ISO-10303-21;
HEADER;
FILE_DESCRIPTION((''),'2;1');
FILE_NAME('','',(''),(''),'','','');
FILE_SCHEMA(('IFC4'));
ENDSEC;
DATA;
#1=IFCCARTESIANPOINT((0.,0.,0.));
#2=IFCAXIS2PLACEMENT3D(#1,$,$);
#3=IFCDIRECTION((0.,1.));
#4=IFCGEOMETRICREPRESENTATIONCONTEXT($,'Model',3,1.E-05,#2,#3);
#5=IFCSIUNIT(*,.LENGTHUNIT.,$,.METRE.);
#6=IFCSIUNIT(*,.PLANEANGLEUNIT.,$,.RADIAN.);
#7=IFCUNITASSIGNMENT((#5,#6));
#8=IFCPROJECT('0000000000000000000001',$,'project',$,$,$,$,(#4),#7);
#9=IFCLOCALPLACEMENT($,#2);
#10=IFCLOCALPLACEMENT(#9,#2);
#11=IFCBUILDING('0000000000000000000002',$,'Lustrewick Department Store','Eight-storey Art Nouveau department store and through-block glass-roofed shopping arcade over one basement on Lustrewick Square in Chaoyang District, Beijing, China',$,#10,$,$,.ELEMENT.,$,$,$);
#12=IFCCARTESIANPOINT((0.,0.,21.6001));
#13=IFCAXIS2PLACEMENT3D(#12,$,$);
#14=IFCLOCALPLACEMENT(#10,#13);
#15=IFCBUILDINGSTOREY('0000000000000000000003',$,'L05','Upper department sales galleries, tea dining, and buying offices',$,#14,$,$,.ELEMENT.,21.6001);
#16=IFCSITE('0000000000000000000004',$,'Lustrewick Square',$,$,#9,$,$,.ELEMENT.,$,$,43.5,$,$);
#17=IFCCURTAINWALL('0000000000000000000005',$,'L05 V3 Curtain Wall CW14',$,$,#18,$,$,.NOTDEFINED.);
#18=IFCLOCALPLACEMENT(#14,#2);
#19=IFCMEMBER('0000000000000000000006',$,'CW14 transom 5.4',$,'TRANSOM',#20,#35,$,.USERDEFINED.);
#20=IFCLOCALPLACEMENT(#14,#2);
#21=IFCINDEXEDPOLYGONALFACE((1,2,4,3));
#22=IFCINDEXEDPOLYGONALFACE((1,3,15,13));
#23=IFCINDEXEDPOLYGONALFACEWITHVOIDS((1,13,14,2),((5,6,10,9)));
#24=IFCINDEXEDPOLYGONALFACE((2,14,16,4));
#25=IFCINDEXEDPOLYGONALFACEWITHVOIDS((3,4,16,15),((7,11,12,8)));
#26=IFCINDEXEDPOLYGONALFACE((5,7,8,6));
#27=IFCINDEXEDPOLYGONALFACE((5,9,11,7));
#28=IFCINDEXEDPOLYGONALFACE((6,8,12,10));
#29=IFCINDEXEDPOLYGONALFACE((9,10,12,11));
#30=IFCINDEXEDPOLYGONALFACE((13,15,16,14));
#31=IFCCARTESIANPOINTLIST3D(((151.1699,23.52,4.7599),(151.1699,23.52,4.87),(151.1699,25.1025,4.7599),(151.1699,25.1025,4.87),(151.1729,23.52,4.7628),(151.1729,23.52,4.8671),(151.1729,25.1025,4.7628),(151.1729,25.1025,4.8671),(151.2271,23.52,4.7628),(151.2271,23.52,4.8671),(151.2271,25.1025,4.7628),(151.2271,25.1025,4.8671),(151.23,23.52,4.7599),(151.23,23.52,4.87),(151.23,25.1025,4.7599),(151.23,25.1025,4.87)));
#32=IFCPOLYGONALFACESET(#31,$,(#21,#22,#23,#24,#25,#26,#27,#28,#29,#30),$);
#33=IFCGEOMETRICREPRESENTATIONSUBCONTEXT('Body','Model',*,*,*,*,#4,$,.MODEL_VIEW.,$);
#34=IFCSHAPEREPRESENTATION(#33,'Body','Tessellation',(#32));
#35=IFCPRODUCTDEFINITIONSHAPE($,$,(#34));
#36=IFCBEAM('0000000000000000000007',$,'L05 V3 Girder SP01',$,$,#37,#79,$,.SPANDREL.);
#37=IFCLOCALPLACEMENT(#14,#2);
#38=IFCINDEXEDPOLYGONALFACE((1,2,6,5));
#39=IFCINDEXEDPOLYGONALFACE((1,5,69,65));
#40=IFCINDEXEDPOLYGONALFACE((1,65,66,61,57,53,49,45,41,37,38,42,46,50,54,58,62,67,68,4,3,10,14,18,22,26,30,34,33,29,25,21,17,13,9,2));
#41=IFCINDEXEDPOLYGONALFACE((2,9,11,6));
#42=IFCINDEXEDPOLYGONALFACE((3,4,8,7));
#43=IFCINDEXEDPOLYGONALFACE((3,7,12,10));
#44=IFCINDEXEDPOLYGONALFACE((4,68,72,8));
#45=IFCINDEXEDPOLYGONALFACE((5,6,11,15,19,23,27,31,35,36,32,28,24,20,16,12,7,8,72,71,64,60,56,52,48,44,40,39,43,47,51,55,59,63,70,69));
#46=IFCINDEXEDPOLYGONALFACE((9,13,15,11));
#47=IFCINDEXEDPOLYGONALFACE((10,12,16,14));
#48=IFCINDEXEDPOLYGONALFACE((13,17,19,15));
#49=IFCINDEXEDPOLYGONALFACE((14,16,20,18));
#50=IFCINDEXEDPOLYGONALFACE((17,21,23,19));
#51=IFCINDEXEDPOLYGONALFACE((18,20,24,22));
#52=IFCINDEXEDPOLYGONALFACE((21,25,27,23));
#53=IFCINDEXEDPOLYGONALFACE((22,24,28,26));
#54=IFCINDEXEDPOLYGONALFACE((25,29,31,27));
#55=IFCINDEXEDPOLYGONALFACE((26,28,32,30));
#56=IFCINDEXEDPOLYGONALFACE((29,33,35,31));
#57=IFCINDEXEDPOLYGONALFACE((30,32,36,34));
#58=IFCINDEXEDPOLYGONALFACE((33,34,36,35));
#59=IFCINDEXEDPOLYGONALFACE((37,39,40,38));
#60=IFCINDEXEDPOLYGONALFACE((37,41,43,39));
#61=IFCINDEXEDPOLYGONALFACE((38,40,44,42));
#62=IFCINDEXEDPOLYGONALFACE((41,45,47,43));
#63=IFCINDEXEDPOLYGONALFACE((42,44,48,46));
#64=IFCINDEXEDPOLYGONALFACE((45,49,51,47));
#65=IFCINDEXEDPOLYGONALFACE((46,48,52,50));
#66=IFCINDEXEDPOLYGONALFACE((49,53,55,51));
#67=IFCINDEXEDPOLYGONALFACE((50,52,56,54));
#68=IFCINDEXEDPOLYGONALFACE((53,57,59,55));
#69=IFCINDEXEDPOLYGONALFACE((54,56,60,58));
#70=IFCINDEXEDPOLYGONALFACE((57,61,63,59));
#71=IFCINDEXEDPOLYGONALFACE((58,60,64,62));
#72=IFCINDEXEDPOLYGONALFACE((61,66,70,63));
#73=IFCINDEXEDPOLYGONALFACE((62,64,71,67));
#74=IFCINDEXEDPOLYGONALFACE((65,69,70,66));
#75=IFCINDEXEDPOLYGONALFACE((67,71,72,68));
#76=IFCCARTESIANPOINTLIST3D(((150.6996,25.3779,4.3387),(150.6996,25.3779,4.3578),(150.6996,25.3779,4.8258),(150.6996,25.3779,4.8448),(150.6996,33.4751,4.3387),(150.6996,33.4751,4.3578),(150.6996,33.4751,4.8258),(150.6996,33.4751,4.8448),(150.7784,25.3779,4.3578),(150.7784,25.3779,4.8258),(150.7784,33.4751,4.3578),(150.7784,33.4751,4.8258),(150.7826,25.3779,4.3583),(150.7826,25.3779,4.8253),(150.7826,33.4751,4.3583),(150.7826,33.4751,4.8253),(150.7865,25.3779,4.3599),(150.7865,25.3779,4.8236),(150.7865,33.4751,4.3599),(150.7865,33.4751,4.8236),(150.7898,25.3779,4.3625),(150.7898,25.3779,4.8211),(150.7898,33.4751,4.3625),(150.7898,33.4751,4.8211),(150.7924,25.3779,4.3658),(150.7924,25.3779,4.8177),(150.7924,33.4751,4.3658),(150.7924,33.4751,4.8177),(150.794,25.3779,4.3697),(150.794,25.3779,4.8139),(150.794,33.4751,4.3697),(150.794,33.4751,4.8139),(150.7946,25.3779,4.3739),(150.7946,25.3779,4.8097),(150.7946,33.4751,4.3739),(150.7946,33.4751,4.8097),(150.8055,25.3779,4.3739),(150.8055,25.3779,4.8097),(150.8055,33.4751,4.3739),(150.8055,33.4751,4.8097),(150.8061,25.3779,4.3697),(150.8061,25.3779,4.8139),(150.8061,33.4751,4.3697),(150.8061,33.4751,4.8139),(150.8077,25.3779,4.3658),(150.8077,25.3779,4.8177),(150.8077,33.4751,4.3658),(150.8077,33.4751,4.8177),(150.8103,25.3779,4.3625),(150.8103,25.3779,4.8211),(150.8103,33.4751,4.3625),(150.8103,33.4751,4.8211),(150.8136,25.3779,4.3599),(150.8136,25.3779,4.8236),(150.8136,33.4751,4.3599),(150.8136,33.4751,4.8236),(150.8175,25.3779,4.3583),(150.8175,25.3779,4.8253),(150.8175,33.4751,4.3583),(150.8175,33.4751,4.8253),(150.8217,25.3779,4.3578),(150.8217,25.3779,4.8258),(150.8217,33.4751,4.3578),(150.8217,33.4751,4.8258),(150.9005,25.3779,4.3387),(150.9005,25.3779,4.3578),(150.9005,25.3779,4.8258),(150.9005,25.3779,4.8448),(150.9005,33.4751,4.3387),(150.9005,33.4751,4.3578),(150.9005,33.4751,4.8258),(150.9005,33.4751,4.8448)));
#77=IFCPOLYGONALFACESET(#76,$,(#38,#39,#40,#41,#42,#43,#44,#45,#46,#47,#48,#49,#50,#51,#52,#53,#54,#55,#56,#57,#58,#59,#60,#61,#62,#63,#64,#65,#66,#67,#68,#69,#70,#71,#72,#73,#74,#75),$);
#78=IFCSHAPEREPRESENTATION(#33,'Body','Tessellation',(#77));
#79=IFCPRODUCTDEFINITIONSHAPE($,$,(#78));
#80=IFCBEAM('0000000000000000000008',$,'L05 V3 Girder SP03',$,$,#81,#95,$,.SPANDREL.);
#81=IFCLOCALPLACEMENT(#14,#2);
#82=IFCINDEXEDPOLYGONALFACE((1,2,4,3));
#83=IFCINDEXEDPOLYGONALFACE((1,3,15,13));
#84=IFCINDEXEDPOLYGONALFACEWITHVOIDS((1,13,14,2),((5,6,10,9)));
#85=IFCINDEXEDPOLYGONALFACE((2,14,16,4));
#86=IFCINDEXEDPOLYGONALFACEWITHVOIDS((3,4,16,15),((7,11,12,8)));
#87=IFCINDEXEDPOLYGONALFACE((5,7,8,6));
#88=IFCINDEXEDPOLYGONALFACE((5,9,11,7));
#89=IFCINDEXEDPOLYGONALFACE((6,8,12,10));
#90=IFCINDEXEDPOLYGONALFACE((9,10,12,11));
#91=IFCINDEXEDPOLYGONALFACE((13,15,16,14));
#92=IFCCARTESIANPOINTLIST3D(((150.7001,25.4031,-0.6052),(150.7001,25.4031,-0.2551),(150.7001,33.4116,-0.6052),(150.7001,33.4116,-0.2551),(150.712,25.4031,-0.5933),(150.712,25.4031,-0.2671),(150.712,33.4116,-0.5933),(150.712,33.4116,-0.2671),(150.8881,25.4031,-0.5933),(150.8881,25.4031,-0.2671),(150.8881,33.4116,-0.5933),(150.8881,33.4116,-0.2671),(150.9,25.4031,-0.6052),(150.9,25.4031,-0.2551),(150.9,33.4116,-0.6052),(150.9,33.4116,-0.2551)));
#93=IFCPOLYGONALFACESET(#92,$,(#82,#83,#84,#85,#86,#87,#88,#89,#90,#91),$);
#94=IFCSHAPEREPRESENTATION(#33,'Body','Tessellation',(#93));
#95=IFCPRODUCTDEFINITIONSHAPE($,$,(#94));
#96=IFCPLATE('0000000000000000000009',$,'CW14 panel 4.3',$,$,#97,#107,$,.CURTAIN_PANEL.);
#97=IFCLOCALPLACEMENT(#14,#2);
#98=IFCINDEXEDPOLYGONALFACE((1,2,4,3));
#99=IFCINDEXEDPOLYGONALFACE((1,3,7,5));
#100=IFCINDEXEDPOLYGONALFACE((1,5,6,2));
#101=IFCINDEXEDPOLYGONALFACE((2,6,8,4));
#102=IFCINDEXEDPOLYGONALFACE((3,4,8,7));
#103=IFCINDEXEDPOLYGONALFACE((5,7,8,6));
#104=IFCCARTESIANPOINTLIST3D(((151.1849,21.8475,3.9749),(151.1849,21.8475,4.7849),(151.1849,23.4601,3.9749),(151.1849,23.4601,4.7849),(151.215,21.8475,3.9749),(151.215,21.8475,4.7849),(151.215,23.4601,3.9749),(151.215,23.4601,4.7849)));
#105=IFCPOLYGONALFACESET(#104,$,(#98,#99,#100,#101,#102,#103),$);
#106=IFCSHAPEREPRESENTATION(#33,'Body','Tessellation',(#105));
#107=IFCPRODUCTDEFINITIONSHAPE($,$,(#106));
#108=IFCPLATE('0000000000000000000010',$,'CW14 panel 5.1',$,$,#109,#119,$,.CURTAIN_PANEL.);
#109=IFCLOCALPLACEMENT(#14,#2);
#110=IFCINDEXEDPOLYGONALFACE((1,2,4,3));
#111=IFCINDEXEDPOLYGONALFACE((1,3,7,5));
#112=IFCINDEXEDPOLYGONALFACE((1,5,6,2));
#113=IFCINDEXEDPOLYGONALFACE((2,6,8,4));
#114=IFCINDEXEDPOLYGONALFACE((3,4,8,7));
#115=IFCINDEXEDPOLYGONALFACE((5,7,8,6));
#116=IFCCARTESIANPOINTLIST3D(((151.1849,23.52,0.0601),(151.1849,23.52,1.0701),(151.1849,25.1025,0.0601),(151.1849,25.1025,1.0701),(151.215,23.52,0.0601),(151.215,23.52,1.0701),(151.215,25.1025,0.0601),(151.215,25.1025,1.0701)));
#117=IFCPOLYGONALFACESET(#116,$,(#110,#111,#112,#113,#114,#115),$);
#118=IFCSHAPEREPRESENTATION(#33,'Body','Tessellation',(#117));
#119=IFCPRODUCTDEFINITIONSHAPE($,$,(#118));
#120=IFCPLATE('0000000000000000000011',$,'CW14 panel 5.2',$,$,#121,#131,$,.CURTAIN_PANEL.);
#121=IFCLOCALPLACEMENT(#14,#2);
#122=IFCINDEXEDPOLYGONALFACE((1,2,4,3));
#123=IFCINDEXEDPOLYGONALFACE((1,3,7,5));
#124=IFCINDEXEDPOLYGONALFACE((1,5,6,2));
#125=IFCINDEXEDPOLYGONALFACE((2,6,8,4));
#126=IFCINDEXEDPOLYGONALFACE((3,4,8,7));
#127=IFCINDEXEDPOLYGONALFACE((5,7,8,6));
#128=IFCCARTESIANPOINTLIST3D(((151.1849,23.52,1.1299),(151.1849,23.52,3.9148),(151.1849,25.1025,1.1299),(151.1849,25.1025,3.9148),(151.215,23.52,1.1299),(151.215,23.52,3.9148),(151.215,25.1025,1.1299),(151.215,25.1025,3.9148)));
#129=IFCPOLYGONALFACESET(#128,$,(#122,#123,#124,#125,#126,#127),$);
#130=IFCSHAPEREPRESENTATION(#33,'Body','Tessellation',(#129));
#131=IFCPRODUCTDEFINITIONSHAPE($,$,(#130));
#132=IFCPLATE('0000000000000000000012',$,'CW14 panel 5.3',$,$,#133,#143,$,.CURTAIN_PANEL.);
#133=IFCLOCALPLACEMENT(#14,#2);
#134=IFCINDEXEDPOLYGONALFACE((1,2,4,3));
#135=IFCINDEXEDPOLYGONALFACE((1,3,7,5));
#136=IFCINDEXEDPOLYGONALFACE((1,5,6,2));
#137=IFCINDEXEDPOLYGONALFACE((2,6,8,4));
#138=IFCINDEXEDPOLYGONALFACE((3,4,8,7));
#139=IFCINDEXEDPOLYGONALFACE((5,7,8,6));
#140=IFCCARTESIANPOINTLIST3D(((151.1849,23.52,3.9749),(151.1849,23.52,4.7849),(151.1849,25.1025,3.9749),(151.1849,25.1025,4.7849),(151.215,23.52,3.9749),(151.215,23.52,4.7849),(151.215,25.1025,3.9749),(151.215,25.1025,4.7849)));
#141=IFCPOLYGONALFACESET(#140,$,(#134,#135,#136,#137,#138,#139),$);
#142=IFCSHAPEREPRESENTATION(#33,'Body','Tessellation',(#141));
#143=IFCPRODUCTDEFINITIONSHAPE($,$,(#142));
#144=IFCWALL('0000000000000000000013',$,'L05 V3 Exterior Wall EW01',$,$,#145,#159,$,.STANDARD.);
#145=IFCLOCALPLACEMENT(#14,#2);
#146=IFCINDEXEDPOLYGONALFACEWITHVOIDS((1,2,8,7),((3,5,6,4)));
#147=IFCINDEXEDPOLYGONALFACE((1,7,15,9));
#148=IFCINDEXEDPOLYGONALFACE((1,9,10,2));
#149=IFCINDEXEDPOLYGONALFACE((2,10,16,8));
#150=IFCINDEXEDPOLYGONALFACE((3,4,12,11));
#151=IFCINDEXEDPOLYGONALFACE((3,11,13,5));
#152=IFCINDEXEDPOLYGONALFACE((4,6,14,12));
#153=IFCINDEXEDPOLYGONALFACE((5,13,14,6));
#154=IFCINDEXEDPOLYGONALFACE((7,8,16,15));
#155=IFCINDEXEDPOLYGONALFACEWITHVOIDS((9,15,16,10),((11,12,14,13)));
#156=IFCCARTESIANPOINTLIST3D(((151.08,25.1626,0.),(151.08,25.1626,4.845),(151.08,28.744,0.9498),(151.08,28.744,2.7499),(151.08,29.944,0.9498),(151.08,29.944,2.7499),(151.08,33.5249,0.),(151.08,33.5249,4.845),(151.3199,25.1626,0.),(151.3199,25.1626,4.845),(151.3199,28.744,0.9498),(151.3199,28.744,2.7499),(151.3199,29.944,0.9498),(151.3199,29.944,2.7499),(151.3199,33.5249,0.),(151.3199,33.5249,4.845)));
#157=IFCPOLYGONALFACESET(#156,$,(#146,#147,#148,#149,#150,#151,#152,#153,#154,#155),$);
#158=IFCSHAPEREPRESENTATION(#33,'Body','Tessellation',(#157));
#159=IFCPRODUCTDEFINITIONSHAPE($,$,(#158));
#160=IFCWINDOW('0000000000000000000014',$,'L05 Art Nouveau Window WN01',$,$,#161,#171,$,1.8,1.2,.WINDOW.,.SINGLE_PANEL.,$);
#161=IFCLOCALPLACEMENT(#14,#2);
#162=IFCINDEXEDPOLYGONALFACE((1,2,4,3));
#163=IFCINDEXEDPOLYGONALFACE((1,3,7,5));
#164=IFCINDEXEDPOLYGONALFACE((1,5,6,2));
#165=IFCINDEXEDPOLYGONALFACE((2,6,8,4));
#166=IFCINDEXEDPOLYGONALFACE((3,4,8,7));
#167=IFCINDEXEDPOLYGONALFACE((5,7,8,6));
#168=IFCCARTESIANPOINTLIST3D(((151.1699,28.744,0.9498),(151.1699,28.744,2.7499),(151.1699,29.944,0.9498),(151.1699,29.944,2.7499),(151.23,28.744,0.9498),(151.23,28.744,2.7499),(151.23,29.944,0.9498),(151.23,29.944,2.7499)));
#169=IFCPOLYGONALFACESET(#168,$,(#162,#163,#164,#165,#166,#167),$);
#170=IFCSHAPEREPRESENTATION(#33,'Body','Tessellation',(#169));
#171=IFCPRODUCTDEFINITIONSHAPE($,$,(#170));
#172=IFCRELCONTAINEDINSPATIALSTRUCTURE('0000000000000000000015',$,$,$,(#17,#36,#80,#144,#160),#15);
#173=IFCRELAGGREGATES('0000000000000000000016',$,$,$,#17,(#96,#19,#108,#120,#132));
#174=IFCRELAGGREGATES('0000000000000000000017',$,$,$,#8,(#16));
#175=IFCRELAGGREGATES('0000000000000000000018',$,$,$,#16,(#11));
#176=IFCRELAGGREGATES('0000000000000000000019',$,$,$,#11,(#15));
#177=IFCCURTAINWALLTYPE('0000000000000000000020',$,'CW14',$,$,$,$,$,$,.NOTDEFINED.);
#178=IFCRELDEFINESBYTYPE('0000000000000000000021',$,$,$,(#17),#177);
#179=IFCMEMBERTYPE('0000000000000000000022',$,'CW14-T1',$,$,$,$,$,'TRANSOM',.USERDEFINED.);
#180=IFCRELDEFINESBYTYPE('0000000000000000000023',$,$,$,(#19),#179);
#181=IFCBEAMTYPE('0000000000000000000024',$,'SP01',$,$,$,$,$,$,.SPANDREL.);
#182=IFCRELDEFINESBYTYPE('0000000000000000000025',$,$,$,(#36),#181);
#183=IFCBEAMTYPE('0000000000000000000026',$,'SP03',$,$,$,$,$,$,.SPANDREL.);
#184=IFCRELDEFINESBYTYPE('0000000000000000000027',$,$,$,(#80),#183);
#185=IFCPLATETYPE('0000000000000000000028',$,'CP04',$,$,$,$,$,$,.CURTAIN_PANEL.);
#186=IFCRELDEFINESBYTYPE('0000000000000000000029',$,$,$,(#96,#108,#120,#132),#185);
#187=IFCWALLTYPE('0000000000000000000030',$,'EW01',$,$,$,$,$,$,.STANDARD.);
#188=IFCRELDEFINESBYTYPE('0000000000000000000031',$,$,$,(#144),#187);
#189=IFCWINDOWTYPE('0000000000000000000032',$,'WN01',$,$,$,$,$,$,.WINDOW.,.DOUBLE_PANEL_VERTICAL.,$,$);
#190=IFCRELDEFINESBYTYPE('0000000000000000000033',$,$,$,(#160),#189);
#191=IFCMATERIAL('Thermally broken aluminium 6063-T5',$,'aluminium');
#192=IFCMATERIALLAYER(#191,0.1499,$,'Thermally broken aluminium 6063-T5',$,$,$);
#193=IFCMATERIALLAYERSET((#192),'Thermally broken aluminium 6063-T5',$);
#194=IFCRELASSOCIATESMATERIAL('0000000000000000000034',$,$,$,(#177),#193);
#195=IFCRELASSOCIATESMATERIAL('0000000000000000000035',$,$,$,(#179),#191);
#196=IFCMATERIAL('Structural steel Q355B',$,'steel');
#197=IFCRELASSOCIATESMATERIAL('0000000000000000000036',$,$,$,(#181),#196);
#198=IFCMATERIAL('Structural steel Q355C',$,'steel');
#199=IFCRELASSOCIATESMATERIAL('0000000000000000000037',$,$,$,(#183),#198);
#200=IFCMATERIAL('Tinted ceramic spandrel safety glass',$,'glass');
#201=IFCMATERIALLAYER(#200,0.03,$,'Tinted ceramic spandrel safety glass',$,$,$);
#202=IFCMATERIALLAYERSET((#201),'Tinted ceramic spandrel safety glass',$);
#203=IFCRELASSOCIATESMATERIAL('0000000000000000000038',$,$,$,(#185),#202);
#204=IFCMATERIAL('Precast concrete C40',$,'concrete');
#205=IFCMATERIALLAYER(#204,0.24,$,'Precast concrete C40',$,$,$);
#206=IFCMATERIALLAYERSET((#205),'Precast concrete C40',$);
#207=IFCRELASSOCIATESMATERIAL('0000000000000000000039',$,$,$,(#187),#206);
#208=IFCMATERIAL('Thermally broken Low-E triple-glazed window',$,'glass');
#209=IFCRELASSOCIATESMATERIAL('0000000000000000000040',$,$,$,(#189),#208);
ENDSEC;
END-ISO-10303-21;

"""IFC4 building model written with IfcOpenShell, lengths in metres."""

from ifc_helpers import new_model, si_unit, direction, frame, frame_2d, origin, origin_2d, place, context, subcontext, project, spatial, rectangle, hollow_rectangle, i_section, extrude, material, layer, layer_set, material_profile, profile_set, type_object, element, fill, aggregate, save


model = new_model("IFC4")

# Units and contexts
model_context = context("Model", 3, precision=1e-05, world=origin(), true_north=direction((0.0, 1.0)))
body_context = subcontext(model_context, "Body", "Model", "MODEL_VIEW")
ifc_project = project(units=[si_unit("LENGTHUNIT", "METRE"), si_unit("PLANEANGLEUNIT", "RADIAN")], contexts=[model_context])

# Site, building, storey
site_placement = place(None, origin())
site = spatial("IfcSite", under=ifc_project, at=site_placement, Name="Lustrewick Square", CompositionType="ELEMENT", RefElevation=43.5)
building_placement = place(site_placement, origin())
building = spatial("IfcBuilding", under=site, at=building_placement, Name="Lustrewick Department Store", Description="Eight-storey Art Nouveau department store and through-block glass-roofed shopping arcade over one basement on Lustrewick Square in Chaoyang District, Beijing, China", CompositionType="ELEMENT")
storey_placement = place(building_placement, frame((0.0, 0.0, 21.6001)))
storey = spatial("IfcBuildingStorey", under=building, at=storey_placement, Name="L05", Description="Upper department sales galleries, tea dining, and buying offices", CompositionType="ELEMENT", Elevation=21.6001)

# Shared definitions
ifc_material_1 = material(Name="Structural steel Q355B", Category="steel")

# Curtain wall, member
ifc_material_2 = material(Name="Thermally broken aluminium 6063-T5", Category="aluminium")
ifc_layer_1 = layer(ifc_material_2, 0.1499, Name="Thermally broken aluminium 6063-T5")
ifc_layer_set_1 = layer_set([ifc_layer_1], Name="Thermally broken aluminium 6063-T5")
curtain_wall_type = type_object("IfcCurtainWallType", Name="CW14", PredefinedType="NOTDEFINED", material=ifc_layer_set_1)
curtain_wall_placement = place(storey_placement, origin())
curtain_wall = element("IfcCurtainWall", 1, at=curtain_wall_placement, inside=storey, type_object=curtain_wall_type, Name="L05 V3 Curtain Wall CW14", PredefinedType="NOTDEFINED")
ifc_material_profile_1 = material_profile(ifc_material_2, hollow_rectangle(XDim=0.0601, YDim=0.1101, WallThickness=0.0029, at=origin_2d()), Name="ALU-T 60x110x3")
ifc_profile_set_1 = profile_set([ifc_material_profile_1], Name="Thermally broken aluminium 6063-T5")
member_type_1 = type_object("IfcMemberType", Name="CW14-T1", ElementType="TRANSOM", PredefinedType="USERDEFINED", material=ifc_profile_set_1)
member_1_placement = place(storey_placement, frame((151.2, 23.52, 4.8149), z_axis=(0.0, 1.0, 0.0), x_axis=(-1.0, 0.0, 0.0)))
member_1 = element("IfcMember", 2, at=member_1_placement, type_object=member_type_1, Name="CW14 transom 5.4", ObjectType="TRANSOM", PredefinedType="USERDEFINED", context=body_context, shape_type="SweptSolid", body=[
    extrude(hollow_rectangle(XDim=0.0601, YDim=0.1101, WallThickness=0.0029, at=origin_2d()), origin(), (0.0, 0.0, 1.0), 1.5825),
])

# Beams
ifc_material_profile_2 = material_profile(ifc_material_1, i_section(OverallWidth=0.2009, OverallDepth=0.5061, WebThickness=0.011, FlangeThickness=0.019, FilletRadius=0.0161, at=origin_2d()), Name="HN 506x201x11x19")
ifc_profile_set_2 = profile_set([ifc_material_profile_2], Name="Structural steel Q355B")
beam_type_1 = type_object("IfcBeamType", Name="SP01", PredefinedType="SPANDREL", material=ifc_profile_set_2)
beam_1_placement = place(storey_placement, frame((150.8, 25.3779, 4.5918), z_axis=(0.0, 1.0, 0.0), x_axis=(-1.0, 0.0, 0.0)))
element("IfcBeam", 3, at=beam_1_placement, inside=storey, type_object=beam_type_1, Name="L05 V3 Girder SP01", PredefinedType="SPANDREL", context=body_context, shape_type="SweptSolid", body=[
    extrude(i_section(OverallWidth=0.2009, OverallDepth=0.5061, WebThickness=0.011, FlangeThickness=0.019, FilletRadius=0.0161, at=origin_2d()), origin(), (0.0, 0.0, 1.0), 8.0972),
])
ifc_material_3 = material(Name="Structural steel Q355C", Category="steel")
ifc_material_profile_3 = material_profile(ifc_material_3, hollow_rectangle(XDim=0.2, YDim=0.3501, WallThickness=0.012, at=origin_2d()), Name="RHS 350x200x12")
ifc_profile_set_3 = profile_set([ifc_material_profile_3], Name="Structural steel Q355C")
beam_type_2 = type_object("IfcBeamType", Name="SP03", PredefinedType="SPANDREL", material=ifc_profile_set_3)
beam_2_placement = place(storey_placement, frame((150.8, 25.4031, -0.4302), z_axis=(0.0, 1.0, 0.0), x_axis=(-1.0, 0.0, 0.0)))
element("IfcBeam", 4, at=beam_2_placement, inside=storey, type_object=beam_type_2, Name="L05 V3 Girder SP03", PredefinedType="SPANDREL", context=body_context, shape_type="SweptSolid", body=[
    extrude(hollow_rectangle(XDim=0.2, YDim=0.3501, WallThickness=0.012, at=origin_2d()), origin(), (0.0, 0.0, 1.0), 8.0085),
])

# Plates
ifc_material_4 = material(Name="Tinted ceramic spandrel safety glass", Category="glass")
ifc_layer_2 = layer(ifc_material_4, 0.03, Name="Tinted ceramic spandrel safety glass")
ifc_layer_set_2 = layer_set([ifc_layer_2], Name="Tinted ceramic spandrel safety glass")
plate_type = type_object("IfcPlateType", Name="CP04", PredefinedType="CURTAIN_PANEL", material=ifc_layer_set_2)
plate_1_placement = place(storey_placement, frame((151.2, 22.6538, 3.9749), z_axis=(0.0, 0.0, 1.0), x_axis=(0.0, 1.0, 0.0)))
plate_1 = element("IfcPlate", 5, at=plate_1_placement, type_object=plate_type, Name="CW14 panel 4.3", PredefinedType="CURTAIN_PANEL", context=body_context, shape_type="SweptSolid", body=[
    extrude(rectangle(XDim=1.6125, YDim=0.03, at=origin_2d()), origin(), (0.0, 0.0, 1.0), 0.8101),
])
plate_2_placement = place(storey_placement, frame((151.2, 24.3113, 0.0601), z_axis=(0.0, 0.0, 1.0), x_axis=(0.0, 1.0, 0.0)))
plate_2 = element("IfcPlate", 6, at=plate_2_placement, type_object=plate_type, Name="CW14 panel 5.1", PredefinedType="CURTAIN_PANEL", context=body_context, shape_type="SweptSolid", body=[
    extrude(rectangle(XDim=1.5825, YDim=0.03, at=origin_2d()), origin(), (0.0, 0.0, 1.0), 1.01),
])
plate_3_placement = place(storey_placement, frame((151.2, 24.3113, 1.1299), z_axis=(0.0, 0.0, 1.0), x_axis=(0.0, 1.0, 0.0)))
plate_3 = element("IfcPlate", 7, at=plate_3_placement, type_object=plate_type, Name="CW14 panel 5.2", PredefinedType="CURTAIN_PANEL", context=body_context, shape_type="SweptSolid", body=[
    extrude(rectangle(XDim=1.5825, YDim=0.03, at=origin_2d()), origin(), (0.0, 0.0, 1.0), 2.7849),
])
plate_4_placement = place(storey_placement, frame((151.2, 24.3113, 3.9749), z_axis=(0.0, 0.0, 1.0), x_axis=(0.0, 1.0, 0.0)))
plate_4 = element("IfcPlate", 8, at=plate_4_placement, type_object=plate_type, Name="CW14 panel 5.3", PredefinedType="CURTAIN_PANEL", context=body_context, shape_type="SweptSolid", body=[
    extrude(rectangle(XDim=1.5825, YDim=0.03, at=origin_2d()), origin(), (0.0, 0.0, 1.0), 0.8101),
])
aggregate(curtain_wall, [plate_1, member_1, plate_2, plate_3, plate_4])

# Wall, opening, window
ifc_material_5 = material(Name="Precast concrete C40", Category="concrete")
ifc_layer_3 = layer(ifc_material_5, 0.24, Name="Precast concrete C40")
ifc_layer_set_3 = layer_set([ifc_layer_3], Name="Precast concrete C40")
wall_type_1 = type_object("IfcWallType", Name="EW01", PredefinedType="STANDARD", material=ifc_layer_set_3)
wall_1_placement = place(storey_placement, frame((151.2, 25.1626, 0.0), z_axis=(0.0, 0.0, 1.0), x_axis=(0.0, 1.0, 0.0)))
wall_1 = element("IfcWall", 9, at=wall_1_placement, inside=storey, type_object=wall_type_1, Name="L05 V3 Exterior Wall EW01", PredefinedType="STANDARD", context=body_context, shape_type="SweptSolid", body=[
    extrude(rectangle(XDim=8.3623, YDim=0.24, at=frame_2d((4.1812, 0.0))), origin(), (0.0, 0.0, 1.0), 4.845),
])
opening_1_placement = place(wall_1_placement, frame((3.5813, 0.0, 0.95)))
opening_1 = element("IfcOpeningElement", 10, at=opening_1_placement, cuts=wall_1, PredefinedType="OPENING", context=body_context, shape_type="SweptSolid", body=[
    extrude(rectangle(XDim=1.2, YDim=1.8, at=frame_2d((0.6001, 0.8999))), frame((0.0, 0.1299, 0.0), z_axis=(0.0, -1.0, 0.0), x_axis=(1.0, 0.0, 0.0)), (0.0, 0.0, 1.0), 0.26),
])
ifc_material_6 = material(Name="Thermally broken Low-E triple-glazed window", Category="glass")
window_type_1 = type_object("IfcWindowType", Name="WN01", PartitioningType="DOUBLE_PANEL_VERTICAL", PredefinedType="WINDOW", material=ifc_material_6)
window_1_placement = place(opening_1_placement, origin())
window_1 = element("IfcWindow", 11, at=window_1_placement, inside=storey, type_object=window_type_1, Name="L05 Art Nouveau Window WN01", OverallHeight=1.8, OverallWidth=1.2, PartitioningType="SINGLE_PANEL", PredefinedType="WINDOW", context=body_context, shape_type="SweptSolid", body=[
    extrude(rectangle(XDim=1.2, YDim=1.8, at=frame_2d((0.6001, 0.8999))), frame((0.0, 0.03, 0.0), z_axis=(0.0, -1.0, 0.0), x_axis=(1.0, 0.0, 0.0)), (0.0, 0.0, 1.0), 0.0601),
])
fill(opening_1, window_1)

save(model, "model.ifc")
